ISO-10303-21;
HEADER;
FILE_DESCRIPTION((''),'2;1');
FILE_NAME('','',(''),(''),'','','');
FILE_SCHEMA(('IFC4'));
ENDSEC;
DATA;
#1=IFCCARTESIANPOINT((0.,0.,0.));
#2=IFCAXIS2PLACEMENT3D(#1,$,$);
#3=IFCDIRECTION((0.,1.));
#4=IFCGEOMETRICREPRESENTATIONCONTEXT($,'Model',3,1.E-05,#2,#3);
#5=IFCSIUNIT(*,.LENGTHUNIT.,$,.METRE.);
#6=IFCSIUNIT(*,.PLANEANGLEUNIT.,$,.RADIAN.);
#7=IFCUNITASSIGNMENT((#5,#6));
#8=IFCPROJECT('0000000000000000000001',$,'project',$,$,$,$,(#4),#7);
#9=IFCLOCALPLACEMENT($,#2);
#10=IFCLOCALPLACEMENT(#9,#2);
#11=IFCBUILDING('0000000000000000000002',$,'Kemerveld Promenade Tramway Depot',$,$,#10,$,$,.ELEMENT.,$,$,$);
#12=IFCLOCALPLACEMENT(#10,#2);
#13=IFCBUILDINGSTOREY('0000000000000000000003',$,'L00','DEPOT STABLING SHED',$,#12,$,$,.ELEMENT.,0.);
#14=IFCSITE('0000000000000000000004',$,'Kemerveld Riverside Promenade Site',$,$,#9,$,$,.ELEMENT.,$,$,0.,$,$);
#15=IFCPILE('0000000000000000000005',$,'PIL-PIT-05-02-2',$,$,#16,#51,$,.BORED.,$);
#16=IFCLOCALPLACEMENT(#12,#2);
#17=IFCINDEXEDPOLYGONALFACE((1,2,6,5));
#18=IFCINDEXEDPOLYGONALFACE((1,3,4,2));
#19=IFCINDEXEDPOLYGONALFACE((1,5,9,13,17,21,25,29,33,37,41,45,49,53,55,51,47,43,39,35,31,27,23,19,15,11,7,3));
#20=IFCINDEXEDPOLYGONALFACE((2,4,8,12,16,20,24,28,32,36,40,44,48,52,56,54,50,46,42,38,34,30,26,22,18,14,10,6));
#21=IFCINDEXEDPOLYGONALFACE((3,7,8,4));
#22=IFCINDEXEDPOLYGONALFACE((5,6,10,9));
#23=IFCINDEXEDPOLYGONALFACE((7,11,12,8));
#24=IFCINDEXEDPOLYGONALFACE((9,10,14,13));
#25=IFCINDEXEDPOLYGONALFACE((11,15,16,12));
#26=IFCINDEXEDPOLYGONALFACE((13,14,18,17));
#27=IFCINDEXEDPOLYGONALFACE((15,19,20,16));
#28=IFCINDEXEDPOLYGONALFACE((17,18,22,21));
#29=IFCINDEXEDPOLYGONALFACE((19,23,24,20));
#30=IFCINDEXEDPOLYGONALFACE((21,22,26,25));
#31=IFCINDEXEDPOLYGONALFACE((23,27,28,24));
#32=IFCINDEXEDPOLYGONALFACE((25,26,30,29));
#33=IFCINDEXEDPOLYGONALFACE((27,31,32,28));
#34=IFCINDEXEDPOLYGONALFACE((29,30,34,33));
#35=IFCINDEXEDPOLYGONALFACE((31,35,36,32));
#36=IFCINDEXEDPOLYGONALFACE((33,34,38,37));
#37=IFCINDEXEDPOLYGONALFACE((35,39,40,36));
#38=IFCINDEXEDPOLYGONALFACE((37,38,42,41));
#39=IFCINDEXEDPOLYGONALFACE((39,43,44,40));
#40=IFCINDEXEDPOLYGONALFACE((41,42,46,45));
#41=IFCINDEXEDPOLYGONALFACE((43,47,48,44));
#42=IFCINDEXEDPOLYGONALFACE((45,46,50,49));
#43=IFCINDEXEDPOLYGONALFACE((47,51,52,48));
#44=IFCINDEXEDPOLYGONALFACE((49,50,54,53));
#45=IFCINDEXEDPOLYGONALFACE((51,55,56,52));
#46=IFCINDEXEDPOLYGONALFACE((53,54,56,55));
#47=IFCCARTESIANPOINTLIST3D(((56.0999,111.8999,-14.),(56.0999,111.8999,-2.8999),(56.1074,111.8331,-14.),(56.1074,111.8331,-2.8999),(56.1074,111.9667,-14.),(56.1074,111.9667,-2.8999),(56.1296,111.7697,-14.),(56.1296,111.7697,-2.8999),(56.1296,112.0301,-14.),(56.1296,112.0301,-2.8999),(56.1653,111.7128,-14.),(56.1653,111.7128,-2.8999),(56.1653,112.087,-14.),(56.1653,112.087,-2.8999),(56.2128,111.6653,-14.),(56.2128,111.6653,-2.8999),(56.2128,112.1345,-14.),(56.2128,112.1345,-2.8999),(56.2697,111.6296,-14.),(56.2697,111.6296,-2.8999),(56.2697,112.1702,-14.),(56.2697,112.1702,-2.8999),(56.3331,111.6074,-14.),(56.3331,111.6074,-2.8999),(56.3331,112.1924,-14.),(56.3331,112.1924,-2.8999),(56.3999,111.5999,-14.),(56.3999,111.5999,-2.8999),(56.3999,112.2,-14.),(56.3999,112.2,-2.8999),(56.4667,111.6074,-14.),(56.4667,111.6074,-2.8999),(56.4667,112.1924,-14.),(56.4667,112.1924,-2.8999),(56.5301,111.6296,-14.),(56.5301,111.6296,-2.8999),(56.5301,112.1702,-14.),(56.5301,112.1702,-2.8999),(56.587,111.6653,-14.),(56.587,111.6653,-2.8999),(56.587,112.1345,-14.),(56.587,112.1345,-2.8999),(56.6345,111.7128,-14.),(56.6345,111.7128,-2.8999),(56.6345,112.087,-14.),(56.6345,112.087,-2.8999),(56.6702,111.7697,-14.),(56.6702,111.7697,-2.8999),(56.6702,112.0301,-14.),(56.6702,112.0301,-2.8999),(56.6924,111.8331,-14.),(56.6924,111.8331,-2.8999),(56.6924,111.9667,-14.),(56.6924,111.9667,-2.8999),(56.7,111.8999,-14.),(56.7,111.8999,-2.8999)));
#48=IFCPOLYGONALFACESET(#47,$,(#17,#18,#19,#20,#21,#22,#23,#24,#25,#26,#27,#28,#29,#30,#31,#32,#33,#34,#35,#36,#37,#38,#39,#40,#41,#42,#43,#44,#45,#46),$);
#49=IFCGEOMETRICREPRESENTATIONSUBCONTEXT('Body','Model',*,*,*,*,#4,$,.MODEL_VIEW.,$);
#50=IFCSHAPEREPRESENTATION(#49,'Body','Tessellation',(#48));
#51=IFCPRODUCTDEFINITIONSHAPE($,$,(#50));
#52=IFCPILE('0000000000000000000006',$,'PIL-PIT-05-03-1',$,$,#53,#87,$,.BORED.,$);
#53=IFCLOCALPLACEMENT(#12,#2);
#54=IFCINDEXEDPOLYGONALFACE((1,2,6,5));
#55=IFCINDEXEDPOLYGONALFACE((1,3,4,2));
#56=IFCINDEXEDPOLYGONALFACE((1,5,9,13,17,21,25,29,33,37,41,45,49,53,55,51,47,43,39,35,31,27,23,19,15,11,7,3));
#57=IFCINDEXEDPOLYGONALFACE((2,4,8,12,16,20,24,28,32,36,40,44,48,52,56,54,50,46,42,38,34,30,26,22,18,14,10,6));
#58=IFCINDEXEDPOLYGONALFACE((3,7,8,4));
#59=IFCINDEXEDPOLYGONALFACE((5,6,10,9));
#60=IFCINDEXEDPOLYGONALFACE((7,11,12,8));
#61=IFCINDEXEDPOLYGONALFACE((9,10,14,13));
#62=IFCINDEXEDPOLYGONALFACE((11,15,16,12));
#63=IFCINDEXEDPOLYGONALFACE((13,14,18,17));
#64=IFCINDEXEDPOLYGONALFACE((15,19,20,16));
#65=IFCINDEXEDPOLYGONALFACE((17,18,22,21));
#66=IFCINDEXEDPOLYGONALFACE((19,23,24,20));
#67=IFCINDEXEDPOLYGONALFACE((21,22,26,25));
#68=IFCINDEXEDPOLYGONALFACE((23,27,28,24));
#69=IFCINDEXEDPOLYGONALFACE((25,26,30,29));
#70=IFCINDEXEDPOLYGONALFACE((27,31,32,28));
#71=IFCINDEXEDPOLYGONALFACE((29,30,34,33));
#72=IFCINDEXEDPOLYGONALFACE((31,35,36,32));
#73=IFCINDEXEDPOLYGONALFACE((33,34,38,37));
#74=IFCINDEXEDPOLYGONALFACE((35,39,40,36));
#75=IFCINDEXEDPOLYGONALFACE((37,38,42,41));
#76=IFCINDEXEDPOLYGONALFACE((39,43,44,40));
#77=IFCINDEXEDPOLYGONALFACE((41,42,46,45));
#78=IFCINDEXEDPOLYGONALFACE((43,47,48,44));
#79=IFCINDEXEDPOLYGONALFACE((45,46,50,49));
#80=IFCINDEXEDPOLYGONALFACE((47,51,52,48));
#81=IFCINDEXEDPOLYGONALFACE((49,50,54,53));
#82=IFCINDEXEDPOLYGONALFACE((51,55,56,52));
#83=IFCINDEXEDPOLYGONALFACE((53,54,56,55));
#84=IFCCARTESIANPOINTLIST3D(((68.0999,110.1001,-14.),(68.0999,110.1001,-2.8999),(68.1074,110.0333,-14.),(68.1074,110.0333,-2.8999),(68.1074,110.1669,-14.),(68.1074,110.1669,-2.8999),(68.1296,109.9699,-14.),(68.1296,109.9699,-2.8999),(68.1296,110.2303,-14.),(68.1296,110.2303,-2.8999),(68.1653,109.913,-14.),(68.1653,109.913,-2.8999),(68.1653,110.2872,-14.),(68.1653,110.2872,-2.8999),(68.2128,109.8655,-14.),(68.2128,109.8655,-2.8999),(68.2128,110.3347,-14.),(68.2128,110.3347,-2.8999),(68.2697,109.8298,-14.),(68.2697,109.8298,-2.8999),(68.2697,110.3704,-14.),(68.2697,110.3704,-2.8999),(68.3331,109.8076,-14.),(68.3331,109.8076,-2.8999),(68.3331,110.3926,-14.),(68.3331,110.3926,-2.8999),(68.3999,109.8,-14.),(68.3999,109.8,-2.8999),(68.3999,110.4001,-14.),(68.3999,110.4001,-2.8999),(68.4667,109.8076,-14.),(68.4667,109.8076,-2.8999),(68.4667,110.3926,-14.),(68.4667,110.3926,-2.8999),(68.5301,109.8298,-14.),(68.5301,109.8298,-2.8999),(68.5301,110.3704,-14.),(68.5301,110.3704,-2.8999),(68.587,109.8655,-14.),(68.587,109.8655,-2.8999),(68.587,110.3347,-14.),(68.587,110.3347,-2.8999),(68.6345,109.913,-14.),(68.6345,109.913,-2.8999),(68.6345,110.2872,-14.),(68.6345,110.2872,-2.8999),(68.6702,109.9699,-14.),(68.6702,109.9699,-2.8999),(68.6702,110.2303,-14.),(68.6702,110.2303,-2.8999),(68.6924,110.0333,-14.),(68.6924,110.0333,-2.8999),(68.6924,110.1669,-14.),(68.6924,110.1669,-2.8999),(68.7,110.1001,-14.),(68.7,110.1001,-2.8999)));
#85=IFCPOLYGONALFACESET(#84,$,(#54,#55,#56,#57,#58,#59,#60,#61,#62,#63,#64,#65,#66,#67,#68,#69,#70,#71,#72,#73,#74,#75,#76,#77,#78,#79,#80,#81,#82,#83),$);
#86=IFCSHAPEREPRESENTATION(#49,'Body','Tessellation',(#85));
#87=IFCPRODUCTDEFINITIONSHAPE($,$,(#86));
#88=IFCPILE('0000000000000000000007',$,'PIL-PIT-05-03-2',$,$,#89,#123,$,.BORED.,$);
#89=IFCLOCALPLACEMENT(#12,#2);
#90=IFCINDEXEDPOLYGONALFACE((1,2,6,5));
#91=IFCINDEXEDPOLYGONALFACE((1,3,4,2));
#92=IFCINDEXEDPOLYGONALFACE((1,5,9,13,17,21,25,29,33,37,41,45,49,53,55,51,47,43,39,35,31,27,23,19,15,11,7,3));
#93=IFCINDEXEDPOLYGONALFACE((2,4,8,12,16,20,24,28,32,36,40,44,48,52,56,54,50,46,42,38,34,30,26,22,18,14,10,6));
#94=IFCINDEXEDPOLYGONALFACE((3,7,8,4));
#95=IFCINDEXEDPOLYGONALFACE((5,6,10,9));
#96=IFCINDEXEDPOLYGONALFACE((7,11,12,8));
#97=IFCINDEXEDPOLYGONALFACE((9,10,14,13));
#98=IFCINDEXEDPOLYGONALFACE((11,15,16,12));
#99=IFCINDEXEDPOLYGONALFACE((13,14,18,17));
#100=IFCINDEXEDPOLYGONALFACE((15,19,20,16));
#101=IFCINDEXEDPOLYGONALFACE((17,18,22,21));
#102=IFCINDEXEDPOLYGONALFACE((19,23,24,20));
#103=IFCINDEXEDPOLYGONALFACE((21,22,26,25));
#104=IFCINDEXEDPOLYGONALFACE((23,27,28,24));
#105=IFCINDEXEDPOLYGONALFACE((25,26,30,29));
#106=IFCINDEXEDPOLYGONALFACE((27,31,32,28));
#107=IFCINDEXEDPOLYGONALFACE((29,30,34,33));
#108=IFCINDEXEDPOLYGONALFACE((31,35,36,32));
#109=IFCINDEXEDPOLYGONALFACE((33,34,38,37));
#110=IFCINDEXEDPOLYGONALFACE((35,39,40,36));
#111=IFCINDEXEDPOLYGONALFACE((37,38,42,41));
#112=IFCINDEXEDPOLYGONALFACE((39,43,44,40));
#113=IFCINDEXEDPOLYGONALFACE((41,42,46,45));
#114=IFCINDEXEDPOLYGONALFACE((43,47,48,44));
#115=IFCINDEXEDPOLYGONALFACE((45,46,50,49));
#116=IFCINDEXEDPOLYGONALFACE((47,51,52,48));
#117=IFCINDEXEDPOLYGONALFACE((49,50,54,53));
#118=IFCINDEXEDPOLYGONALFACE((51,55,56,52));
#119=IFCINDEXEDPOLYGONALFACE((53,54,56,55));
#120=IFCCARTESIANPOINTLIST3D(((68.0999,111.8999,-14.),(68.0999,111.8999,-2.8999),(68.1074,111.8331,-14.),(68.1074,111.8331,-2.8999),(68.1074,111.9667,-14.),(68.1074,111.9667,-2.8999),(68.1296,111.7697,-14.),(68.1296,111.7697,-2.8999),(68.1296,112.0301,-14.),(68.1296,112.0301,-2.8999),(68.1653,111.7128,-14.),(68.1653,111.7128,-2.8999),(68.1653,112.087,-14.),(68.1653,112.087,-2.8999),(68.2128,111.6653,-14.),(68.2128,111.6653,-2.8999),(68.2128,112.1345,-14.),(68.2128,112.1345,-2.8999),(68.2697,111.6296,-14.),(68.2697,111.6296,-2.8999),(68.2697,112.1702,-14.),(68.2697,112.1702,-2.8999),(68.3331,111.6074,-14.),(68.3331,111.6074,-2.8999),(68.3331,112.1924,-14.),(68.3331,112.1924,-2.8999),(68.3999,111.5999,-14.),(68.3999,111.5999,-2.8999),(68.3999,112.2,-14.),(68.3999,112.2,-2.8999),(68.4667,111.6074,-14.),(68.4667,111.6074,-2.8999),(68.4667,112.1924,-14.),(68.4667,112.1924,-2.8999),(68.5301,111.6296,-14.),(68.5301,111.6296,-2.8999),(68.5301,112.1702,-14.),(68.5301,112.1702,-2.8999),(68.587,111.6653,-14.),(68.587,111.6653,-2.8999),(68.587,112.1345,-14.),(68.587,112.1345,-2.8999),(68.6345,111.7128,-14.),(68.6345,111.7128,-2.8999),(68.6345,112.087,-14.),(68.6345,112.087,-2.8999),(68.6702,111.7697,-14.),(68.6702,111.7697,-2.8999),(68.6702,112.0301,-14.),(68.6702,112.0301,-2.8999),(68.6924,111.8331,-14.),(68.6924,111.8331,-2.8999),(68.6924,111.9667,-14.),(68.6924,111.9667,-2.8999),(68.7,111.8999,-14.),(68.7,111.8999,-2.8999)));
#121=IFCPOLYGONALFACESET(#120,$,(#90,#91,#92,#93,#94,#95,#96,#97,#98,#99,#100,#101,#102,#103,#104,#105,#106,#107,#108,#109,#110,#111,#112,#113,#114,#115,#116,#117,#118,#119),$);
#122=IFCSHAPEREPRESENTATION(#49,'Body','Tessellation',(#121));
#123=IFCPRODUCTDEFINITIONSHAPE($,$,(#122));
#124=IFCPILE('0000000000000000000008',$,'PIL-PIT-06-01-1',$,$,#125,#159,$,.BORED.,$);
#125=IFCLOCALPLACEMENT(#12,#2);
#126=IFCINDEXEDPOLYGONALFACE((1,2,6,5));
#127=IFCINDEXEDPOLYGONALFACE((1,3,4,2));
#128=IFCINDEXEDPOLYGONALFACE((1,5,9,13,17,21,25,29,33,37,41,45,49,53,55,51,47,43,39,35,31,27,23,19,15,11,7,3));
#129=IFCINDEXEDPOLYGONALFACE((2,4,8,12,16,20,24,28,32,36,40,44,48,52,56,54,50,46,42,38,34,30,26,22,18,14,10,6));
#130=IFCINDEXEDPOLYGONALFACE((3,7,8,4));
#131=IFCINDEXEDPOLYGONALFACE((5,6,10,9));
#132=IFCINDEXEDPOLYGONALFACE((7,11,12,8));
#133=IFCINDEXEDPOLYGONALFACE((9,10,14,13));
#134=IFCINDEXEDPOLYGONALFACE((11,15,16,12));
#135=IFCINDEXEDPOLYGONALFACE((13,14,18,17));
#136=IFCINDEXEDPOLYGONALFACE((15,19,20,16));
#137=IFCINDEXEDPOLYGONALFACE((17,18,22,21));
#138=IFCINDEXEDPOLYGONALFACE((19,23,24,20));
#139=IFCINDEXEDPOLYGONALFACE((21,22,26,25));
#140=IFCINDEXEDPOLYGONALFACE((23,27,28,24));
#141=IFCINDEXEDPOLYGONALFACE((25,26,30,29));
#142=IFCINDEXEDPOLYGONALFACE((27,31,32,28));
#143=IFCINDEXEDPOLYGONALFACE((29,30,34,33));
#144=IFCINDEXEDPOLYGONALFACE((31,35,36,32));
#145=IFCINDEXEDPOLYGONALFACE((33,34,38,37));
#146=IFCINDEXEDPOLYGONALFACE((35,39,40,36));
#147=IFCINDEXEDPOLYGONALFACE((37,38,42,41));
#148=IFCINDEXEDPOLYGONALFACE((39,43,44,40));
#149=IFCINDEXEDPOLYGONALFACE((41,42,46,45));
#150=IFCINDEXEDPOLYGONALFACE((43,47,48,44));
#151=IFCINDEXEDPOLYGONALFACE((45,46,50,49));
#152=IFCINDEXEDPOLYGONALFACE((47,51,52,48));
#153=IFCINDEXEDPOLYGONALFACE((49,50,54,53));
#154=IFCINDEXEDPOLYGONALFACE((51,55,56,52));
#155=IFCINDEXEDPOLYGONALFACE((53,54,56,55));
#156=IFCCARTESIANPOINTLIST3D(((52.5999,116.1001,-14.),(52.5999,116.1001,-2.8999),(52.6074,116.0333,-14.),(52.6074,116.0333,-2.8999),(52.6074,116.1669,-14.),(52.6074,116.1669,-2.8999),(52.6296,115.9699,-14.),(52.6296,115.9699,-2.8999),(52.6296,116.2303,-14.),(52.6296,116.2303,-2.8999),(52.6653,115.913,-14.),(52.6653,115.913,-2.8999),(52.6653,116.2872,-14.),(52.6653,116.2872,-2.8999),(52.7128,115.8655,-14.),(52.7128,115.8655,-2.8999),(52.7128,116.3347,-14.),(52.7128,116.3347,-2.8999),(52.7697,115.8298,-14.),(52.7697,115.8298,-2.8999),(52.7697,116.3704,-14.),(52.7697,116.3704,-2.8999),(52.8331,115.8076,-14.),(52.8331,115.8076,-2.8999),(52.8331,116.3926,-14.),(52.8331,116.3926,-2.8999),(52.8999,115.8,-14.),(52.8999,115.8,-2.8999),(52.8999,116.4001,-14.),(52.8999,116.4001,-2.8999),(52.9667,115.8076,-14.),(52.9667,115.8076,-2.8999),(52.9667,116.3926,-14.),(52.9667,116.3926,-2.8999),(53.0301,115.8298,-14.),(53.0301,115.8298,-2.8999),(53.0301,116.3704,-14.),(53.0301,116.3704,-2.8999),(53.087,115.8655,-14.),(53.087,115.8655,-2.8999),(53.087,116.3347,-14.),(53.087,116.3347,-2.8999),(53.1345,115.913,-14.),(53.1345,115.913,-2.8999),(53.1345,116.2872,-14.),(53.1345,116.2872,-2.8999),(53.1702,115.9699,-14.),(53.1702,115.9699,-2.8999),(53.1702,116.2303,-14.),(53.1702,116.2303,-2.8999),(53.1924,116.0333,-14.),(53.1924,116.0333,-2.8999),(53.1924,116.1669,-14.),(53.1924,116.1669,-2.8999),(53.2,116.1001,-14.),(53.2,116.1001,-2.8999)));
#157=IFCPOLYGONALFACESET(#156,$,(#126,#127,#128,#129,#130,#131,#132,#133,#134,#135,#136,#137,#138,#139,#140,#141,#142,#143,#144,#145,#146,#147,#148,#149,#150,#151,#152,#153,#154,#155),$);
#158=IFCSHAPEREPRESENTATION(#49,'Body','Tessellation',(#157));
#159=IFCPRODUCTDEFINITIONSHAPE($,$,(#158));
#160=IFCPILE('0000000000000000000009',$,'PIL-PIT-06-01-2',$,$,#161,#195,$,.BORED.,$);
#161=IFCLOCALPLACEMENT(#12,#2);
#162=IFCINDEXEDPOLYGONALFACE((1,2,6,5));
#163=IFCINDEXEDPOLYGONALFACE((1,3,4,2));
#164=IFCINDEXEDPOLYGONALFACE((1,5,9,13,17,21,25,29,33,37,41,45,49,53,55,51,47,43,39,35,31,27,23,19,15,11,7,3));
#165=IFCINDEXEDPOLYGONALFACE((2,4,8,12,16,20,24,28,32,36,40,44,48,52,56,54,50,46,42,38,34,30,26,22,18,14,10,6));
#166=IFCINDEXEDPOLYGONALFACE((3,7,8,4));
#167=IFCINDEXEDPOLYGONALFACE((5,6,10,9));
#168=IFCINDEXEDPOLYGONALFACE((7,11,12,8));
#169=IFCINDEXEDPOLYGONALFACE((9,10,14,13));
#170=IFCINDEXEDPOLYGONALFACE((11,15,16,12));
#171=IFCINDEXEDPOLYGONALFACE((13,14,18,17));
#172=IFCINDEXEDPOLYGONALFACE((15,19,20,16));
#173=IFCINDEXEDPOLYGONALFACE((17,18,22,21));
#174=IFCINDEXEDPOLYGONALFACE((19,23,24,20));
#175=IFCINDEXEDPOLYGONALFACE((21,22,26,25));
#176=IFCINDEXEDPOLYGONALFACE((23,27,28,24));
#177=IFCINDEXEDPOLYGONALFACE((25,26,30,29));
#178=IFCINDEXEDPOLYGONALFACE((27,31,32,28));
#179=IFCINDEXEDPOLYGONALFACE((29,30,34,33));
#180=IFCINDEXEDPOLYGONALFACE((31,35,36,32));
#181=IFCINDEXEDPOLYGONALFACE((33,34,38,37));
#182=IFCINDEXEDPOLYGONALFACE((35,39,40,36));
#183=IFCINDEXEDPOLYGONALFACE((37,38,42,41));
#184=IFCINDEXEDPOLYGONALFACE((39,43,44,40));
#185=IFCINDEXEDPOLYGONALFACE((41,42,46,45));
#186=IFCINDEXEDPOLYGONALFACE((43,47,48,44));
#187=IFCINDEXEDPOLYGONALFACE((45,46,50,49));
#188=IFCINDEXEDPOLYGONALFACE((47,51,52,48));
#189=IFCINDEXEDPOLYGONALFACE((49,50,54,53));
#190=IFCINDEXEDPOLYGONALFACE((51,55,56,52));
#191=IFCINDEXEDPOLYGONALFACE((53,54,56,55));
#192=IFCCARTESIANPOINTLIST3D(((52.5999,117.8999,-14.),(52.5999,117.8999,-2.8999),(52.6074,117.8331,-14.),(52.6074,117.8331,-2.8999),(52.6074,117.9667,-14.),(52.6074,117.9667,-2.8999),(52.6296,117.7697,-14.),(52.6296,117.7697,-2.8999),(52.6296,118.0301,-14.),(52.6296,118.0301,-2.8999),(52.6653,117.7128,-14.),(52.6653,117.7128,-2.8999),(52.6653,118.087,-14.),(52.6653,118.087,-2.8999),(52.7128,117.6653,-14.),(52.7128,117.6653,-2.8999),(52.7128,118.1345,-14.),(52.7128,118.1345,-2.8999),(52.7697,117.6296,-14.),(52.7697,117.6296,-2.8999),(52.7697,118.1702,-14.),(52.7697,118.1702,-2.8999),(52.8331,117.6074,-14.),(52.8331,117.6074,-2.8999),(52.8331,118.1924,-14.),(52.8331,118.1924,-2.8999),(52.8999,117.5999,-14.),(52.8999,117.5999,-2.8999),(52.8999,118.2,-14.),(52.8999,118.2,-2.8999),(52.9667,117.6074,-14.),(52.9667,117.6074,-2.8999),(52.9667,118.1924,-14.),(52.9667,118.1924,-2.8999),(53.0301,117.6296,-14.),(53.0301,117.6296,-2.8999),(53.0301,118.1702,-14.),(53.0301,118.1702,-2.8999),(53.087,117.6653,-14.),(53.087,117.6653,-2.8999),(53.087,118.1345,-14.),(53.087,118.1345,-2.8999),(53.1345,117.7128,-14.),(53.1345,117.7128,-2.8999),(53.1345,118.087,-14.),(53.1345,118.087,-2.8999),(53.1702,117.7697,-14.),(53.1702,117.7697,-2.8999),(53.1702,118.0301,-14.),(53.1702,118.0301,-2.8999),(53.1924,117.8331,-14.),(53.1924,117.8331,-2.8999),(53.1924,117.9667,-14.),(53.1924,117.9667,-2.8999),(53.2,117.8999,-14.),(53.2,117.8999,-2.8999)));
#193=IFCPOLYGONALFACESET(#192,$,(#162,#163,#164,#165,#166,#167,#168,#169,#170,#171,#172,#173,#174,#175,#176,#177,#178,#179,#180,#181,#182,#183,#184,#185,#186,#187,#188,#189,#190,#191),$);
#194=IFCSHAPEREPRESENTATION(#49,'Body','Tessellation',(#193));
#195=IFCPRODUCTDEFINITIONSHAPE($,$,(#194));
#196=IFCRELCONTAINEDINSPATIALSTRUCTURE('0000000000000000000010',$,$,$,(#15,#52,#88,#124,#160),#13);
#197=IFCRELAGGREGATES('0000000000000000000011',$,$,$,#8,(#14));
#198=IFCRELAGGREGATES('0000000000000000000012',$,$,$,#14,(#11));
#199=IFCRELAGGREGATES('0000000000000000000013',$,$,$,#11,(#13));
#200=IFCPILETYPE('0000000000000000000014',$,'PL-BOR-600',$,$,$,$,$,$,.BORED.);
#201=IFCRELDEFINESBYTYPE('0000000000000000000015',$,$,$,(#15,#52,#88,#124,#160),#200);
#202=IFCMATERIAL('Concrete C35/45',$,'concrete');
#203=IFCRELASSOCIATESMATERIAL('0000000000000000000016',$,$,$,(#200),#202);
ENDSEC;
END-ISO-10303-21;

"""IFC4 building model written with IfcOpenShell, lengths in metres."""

from ifc_helpers import new_model, si_unit, direction, frame, origin, origin_2d, place, context, subcontext, project, spatial, circle, extrude, material, material_profile, profile_set, type_object, element, save


model = new_model("IFC4")

# Units and contexts
model_context = context("Model", 3, precision=1e-05, world=origin(), true_north=direction((0.0, 1.0)))
body_context = subcontext(model_context, "Body", "Model", "MODEL_VIEW")
ifc_project = project(units=[si_unit("LENGTHUNIT", "METRE"), si_unit("PLANEANGLEUNIT", "RADIAN")], contexts=[model_context])

# Site, building, storey
site_placement = place(None, origin())
site = spatial("IfcSite", under=ifc_project, at=site_placement, Name="Kemerveld Riverside Promenade Site", CompositionType="ELEMENT", RefElevation=0.0)
building_placement = place(site_placement, origin())
building = spatial("IfcBuilding", under=site, at=building_placement, Name="Kemerveld Promenade Tramway Depot", CompositionType="ELEMENT")
storey_placement = place(building_placement, origin())
storey = spatial("IfcBuildingStorey", under=building, at=storey_placement, Name="L00", Description="DEPOT STABLING SHED", CompositionType="ELEMENT", Elevation=0.0)

# Shared definitions
ifc_material_1 = material(Name="Concrete C35/45", Category="concrete")

# Piles
ifc_material_profile_1 = material_profile(ifc_material_1, circle(Radius=0.3, at=origin_2d()), Name="PILE-D600")
ifc_profile_set_1 = profile_set([ifc_material_profile_1], Name="Concrete C35/45")
pile_type = type_object("IfcPileType", Name="PL-BOR-600", PredefinedType="BORED", material=ifc_profile_set_1)
for number, where, z_axis, x_axis, name in (
    (1, (56.3999, 111.8999, -2.8999), (0.0, 0.0, -1.0), (1.0, 0.0, 0.0), "PIL-PIT-05-02-2"),
    (2, (68.3999, 110.1001, -2.8999), (0.0, 0.0, -1.0), (1.0, 0.0, 0.0), "PIL-PIT-05-03-1"),
    (3, (68.3999, 111.8999, -2.8999), (0.0, 0.0, -1.0), (1.0, 0.0, 0.0), "PIL-PIT-05-03-2"),
    (4, (52.8999, 116.1001, -2.8999), (0.0, 0.0, -1.0), (1.0, 0.0, 0.0), "PIL-PIT-06-01-1"),
    (5, (52.8999, 117.8999, -2.8999), (0.0, 0.0, -1.0), (1.0, 0.0, 0.0), "PIL-PIT-06-01-2"),
):
    element("IfcPile", number, at=place(storey_placement, frame(where, z_axis=z_axis, x_axis=x_axis)), inside=storey, type_object=pile_type, Name=name, PredefinedType="BORED", context=body_context, shape_type="SweptSolid", body=[
        extrude(circle(Radius=0.3, at=origin_2d()), origin(), (0.0, 0.0, 1.0), 11.1001),
    ])

save(model, "model.ifc")
